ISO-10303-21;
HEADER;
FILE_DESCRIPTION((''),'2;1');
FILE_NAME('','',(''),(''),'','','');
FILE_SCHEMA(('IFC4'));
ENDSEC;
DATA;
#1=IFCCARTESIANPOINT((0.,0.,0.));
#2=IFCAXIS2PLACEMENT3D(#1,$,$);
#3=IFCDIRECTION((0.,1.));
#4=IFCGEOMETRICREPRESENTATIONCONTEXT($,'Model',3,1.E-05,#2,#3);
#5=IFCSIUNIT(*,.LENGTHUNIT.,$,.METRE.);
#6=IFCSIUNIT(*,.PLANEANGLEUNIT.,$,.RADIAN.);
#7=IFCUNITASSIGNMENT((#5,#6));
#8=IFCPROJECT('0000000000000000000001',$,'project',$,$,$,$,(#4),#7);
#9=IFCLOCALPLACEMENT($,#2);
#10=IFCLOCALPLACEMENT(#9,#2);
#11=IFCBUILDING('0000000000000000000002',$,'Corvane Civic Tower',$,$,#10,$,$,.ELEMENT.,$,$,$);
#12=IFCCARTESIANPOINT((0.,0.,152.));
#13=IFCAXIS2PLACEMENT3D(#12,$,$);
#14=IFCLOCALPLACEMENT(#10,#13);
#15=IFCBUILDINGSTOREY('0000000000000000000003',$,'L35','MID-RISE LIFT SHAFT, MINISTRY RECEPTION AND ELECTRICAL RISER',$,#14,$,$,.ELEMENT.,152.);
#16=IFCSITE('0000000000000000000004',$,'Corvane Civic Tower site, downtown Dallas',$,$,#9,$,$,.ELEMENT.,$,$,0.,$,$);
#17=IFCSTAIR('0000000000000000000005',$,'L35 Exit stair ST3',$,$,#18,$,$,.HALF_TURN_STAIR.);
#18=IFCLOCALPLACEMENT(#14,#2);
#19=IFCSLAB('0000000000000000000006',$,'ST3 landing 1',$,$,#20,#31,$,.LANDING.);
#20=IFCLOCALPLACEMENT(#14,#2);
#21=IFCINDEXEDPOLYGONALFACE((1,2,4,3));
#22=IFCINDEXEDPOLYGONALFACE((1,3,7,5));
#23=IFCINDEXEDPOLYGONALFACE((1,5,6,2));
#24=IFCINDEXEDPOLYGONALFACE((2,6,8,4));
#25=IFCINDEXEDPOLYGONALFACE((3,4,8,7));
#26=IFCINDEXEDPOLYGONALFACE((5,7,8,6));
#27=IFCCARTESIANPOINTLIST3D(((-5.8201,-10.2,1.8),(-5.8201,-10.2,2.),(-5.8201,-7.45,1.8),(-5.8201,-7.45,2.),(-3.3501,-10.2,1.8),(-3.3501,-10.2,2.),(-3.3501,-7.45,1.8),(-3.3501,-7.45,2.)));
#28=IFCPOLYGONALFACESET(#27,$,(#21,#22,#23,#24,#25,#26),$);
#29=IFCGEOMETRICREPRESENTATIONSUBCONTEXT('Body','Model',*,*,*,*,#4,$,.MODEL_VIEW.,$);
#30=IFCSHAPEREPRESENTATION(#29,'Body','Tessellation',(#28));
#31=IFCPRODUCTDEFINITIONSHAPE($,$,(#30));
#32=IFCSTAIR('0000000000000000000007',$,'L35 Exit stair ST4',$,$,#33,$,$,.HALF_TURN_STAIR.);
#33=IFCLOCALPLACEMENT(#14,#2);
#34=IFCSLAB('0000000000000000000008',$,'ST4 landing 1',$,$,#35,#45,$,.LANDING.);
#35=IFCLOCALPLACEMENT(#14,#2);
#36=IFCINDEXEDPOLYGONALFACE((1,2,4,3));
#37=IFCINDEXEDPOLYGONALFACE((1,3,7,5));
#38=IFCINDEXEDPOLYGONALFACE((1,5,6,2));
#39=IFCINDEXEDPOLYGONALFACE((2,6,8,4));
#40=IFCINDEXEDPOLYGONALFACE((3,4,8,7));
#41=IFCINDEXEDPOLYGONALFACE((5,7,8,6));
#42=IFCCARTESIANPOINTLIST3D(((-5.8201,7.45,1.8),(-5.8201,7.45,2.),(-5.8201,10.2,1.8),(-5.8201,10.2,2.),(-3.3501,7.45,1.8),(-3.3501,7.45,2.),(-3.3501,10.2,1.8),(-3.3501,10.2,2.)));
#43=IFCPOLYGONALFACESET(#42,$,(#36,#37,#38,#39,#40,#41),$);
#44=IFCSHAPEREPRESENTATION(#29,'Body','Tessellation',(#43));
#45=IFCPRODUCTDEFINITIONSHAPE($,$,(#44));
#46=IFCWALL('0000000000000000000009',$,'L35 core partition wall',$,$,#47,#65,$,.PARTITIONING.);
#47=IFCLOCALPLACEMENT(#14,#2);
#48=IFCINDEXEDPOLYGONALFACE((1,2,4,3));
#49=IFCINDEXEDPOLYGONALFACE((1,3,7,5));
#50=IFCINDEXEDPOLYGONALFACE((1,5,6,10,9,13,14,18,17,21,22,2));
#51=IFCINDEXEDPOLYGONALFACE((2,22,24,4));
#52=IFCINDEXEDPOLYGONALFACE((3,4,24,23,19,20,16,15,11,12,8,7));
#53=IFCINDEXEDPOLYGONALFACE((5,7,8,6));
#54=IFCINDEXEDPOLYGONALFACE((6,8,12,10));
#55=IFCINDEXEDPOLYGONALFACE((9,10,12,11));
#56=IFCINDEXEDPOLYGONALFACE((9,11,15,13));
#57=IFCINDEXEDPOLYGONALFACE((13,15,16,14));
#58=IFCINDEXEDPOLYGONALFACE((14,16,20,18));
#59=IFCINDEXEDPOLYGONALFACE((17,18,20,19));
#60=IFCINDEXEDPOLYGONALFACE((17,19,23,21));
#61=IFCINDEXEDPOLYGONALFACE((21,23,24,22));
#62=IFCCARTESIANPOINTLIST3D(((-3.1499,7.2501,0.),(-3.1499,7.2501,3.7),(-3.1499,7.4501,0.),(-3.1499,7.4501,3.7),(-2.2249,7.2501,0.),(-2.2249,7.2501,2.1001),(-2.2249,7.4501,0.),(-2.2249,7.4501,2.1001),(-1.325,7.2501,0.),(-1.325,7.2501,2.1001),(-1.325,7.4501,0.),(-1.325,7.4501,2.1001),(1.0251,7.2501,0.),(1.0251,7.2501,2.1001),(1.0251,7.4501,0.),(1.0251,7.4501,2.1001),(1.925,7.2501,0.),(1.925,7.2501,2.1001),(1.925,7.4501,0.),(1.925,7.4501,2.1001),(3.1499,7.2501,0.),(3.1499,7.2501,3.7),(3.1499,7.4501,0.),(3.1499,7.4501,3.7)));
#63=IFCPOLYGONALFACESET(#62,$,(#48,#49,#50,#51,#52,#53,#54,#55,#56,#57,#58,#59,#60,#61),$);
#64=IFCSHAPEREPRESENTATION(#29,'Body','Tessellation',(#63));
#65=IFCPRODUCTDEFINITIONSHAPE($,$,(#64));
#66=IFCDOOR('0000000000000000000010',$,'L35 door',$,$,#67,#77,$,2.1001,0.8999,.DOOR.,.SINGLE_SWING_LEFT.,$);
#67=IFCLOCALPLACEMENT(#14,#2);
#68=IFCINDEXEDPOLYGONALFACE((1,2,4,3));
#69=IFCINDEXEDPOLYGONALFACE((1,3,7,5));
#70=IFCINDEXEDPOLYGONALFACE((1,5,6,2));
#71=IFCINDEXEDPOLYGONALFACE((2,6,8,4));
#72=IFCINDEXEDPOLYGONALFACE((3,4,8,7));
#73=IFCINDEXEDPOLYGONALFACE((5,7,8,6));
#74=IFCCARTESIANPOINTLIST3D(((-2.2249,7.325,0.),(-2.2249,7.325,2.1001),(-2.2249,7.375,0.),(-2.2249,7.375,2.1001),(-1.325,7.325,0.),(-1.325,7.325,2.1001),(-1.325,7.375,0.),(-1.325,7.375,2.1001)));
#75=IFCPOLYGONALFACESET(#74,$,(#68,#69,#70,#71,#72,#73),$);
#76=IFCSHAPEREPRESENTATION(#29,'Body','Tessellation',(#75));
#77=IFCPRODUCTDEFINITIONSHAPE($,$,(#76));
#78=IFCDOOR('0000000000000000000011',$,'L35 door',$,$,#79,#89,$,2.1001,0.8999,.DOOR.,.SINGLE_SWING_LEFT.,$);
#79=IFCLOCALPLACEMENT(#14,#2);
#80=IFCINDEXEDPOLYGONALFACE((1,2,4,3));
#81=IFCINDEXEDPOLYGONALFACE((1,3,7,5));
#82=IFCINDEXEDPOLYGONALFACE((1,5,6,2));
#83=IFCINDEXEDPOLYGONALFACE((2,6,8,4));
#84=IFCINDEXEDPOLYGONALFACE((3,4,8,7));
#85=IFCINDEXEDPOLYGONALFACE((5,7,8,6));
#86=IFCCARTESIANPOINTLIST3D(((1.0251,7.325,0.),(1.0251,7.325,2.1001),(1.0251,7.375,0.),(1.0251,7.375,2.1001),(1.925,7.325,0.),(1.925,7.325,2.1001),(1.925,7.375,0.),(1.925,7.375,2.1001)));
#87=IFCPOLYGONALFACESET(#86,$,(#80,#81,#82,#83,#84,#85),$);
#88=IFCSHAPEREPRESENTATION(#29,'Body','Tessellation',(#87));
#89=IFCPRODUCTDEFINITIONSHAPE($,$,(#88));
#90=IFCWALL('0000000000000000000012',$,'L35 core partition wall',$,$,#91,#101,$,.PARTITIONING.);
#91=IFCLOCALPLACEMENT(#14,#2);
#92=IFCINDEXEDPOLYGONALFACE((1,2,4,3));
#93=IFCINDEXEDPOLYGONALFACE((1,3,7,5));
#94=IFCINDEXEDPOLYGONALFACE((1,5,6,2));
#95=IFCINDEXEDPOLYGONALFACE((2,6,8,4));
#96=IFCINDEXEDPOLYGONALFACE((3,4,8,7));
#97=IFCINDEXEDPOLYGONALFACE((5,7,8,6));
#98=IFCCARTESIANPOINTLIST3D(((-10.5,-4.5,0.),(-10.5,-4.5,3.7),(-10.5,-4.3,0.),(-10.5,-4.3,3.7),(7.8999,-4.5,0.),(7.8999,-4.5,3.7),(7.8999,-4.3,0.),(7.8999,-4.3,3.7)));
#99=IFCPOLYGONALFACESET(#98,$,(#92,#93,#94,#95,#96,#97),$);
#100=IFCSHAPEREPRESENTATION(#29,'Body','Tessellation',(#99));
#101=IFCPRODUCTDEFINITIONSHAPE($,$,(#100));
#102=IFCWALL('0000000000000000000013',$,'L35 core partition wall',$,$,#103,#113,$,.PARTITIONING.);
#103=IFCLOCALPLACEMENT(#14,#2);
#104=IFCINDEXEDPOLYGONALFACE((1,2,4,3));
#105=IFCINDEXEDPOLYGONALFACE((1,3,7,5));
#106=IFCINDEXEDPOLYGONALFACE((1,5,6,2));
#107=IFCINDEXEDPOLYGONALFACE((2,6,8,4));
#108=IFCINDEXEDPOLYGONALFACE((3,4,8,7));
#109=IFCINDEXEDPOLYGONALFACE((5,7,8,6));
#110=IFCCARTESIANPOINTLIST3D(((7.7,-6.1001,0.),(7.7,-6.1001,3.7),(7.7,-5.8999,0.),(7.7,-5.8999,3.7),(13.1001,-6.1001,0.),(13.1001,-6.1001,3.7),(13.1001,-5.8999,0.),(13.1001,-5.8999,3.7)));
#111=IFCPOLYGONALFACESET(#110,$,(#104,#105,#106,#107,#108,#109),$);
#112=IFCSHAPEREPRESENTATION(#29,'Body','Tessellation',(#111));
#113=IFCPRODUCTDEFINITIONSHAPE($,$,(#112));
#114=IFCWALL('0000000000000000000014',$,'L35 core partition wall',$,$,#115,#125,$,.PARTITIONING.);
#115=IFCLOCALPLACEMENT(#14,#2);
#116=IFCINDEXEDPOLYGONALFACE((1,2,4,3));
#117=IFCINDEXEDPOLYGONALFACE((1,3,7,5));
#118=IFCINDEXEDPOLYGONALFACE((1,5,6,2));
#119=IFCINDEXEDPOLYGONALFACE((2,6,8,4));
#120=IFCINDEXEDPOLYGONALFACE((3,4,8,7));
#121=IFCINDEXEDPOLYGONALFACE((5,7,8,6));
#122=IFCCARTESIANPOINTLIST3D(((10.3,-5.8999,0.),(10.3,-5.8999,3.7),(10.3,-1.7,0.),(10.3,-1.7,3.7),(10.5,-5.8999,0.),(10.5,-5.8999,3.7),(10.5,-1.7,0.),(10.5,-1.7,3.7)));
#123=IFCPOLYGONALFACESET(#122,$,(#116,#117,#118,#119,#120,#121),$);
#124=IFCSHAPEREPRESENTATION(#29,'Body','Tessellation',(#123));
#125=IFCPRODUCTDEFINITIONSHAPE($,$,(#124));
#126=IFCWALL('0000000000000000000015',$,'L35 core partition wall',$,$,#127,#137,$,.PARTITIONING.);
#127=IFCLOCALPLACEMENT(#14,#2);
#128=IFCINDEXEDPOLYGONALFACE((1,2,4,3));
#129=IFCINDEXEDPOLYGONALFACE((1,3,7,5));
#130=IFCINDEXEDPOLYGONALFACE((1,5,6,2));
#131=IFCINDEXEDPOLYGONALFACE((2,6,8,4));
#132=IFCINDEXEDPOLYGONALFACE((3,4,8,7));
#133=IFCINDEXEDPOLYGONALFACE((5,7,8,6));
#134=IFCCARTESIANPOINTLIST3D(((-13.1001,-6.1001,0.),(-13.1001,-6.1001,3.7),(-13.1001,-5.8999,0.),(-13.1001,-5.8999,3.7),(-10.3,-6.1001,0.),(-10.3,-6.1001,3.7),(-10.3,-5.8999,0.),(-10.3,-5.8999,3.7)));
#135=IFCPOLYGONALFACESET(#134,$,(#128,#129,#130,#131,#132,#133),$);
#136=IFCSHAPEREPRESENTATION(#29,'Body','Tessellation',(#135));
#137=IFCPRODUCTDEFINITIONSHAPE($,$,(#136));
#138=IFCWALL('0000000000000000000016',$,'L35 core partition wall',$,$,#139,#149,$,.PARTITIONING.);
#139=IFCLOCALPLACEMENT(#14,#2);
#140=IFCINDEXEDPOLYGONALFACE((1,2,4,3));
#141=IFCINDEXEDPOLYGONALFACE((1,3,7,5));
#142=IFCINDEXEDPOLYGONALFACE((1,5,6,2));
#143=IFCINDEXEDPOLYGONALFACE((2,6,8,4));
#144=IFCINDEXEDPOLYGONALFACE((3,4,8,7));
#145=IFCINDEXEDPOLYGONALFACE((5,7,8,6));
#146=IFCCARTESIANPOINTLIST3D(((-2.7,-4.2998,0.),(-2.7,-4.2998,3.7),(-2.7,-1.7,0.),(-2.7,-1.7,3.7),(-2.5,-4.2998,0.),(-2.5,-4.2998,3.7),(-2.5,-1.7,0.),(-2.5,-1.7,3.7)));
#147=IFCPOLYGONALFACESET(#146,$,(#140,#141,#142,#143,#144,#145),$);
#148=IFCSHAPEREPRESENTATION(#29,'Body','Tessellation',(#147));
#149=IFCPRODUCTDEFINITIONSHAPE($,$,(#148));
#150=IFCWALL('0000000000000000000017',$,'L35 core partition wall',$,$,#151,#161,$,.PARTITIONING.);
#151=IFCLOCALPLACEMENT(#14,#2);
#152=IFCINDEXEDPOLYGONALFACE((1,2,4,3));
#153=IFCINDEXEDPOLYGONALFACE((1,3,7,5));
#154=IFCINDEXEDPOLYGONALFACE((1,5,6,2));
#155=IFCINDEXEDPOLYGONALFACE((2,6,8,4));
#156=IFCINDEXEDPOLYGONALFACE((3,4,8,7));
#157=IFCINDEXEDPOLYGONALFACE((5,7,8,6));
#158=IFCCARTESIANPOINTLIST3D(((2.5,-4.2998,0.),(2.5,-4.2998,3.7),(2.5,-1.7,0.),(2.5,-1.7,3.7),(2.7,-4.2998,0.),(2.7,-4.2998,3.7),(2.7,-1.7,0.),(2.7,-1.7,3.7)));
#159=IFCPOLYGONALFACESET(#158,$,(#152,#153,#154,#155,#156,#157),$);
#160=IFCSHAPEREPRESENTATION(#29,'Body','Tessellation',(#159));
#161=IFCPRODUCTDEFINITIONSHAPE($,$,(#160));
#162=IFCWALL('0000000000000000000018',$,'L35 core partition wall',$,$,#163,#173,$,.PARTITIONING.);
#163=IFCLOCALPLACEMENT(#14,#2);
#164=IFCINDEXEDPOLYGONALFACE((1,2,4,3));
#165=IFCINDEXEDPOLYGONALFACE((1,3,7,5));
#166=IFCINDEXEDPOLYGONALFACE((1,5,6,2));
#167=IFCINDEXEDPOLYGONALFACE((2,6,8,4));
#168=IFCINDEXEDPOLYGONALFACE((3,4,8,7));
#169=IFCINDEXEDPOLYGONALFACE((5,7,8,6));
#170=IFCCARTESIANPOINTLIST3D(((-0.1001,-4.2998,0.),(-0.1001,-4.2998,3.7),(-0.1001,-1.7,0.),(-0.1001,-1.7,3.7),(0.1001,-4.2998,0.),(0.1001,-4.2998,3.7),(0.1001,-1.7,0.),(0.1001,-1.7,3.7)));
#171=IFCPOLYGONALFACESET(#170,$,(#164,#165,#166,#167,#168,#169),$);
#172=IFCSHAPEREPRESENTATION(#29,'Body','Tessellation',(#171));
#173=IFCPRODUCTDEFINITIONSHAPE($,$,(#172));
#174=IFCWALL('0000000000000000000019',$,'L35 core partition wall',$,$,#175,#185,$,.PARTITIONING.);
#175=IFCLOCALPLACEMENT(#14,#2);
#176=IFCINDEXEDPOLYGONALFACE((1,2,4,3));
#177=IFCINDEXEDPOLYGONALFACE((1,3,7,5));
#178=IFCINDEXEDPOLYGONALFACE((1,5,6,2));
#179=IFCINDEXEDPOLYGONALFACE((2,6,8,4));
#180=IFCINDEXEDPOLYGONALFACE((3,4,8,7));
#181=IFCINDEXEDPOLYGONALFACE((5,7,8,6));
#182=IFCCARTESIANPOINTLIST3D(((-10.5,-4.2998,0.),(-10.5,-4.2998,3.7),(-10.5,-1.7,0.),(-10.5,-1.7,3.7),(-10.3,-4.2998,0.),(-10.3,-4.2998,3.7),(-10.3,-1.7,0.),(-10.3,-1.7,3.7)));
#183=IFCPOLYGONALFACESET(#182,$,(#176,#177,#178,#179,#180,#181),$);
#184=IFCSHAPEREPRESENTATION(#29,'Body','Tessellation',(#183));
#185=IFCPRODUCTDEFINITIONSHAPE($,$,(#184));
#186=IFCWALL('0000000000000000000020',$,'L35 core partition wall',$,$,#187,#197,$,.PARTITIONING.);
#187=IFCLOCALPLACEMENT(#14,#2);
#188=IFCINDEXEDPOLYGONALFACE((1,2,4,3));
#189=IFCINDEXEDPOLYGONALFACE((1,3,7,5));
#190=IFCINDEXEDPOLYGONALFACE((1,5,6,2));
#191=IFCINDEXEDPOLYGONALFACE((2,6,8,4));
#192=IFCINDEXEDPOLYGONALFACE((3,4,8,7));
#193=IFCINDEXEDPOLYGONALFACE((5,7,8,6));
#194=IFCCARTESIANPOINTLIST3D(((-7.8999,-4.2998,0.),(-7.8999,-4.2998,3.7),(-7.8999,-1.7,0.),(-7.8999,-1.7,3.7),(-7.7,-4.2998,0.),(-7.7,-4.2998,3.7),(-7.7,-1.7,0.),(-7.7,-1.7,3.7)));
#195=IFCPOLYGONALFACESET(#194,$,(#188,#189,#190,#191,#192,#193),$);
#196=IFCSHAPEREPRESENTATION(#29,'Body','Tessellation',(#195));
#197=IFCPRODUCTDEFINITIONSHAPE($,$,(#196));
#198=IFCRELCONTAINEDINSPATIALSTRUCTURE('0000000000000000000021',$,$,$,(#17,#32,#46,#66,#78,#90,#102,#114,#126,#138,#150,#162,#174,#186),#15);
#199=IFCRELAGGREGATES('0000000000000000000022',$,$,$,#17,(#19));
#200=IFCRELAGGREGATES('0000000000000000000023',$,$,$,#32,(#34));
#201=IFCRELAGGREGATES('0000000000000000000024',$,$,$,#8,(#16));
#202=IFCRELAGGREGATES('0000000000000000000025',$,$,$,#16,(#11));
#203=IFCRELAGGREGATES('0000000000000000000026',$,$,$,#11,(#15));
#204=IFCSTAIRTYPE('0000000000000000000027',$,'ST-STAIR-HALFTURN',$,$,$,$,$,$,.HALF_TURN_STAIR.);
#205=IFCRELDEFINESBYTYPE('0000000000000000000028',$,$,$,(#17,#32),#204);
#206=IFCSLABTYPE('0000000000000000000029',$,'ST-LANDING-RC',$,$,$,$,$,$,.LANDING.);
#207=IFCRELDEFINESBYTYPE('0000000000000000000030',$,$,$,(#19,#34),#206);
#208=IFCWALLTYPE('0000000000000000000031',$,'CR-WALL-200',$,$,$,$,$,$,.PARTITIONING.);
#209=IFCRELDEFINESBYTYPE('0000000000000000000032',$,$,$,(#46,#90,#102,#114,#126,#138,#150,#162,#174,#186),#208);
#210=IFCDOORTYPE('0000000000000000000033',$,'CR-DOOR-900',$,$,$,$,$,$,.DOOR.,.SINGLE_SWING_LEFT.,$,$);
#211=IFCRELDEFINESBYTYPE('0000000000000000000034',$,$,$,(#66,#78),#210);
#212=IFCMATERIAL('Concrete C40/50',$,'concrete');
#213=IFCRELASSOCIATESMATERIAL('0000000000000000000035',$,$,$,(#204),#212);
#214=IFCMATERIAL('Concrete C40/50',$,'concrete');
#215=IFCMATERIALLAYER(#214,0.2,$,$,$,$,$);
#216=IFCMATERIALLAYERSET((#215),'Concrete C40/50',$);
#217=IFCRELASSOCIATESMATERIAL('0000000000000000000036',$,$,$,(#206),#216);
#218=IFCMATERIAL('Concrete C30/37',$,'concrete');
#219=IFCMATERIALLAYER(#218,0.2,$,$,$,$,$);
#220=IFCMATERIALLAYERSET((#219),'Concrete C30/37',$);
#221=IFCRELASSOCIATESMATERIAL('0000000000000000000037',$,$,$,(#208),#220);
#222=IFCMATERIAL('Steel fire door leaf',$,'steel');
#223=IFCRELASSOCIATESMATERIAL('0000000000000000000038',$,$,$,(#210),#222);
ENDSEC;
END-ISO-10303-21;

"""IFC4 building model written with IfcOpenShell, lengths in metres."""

from ifc_helpers import new_model, si_unit, direction, frame, frame_2d, origin, place, context, subcontext, project, spatial, polyline, rectangle, outline, extrude, material, layer, layer_set, type_object, element, fill, aggregate, save


model = new_model("IFC4")

# Units and contexts
model_context = context("Model", 3, precision=1e-05, world=origin(), true_north=direction((0.0, 1.0)))
body_context = subcontext(model_context, "Body", "Model", "MODEL_VIEW")
ifc_project = project(units=[si_unit("LENGTHUNIT", "METRE"), si_unit("PLANEANGLEUNIT", "RADIAN")], contexts=[model_context])

# Site, building, storey
site_placement = place(None, origin())
site = spatial("IfcSite", under=ifc_project, at=site_placement, Name="Corvane Civic Tower site, downtown Dallas", CompositionType="ELEMENT", RefElevation=0.0)
building_placement = place(site_placement, origin())
building = spatial("IfcBuilding", under=site, at=building_placement, Name="Corvane Civic Tower", CompositionType="ELEMENT")
storey_placement = place(building_placement, frame((0.0, 0.0, 152.0)))
storey = spatial("IfcBuildingStorey", under=building, at=storey_placement, Name="L35", Description="MID-RISE LIFT SHAFT, MINISTRY RECEPTION AND ELECTRICAL RISER", CompositionType="ELEMENT", Elevation=152.0)

# Stairs, slabs
ifc_material_1 = material(Name="Concrete C40/50", Category="concrete")
stair_type = type_object("IfcStairType", Name="ST-STAIR-HALFTURN", PredefinedType="HALF_TURN_STAIR", material=ifc_material_1)
stair_1_placement = place(storey_placement, origin())
stair_1 = element("IfcStair", 1, at=stair_1_placement, inside=storey, type_object=stair_type, Name="L35 Exit stair ST3", PredefinedType="HALF_TURN_STAIR")
ifc_material_2 = material(Name="Concrete C40/50", Category="concrete")
ifc_layer_1 = layer(ifc_material_2, 0.2)
ifc_layer_set_1 = layer_set([ifc_layer_1], Name="Concrete C40/50")
slab_type = type_object("IfcSlabType", Name="ST-LANDING-RC", PredefinedType="LANDING", material=ifc_layer_set_1)
slab_1_placement = place(storey_placement, frame((0.0, 0.0, 1.8)))
slab_1 = element("IfcSlab", 2, at=slab_1_placement, type_object=slab_type, Name="ST3 landing 1", PredefinedType="LANDING", context=body_context, shape_type="SweptSolid", body=[
    extrude(outline(polyline([(-5.8201, -10.2), (-3.3501, -10.2), (-3.3501, -7.45), (-5.8201, -7.45), (-5.8201, -10.2)])), origin(), (0.0, 0.0, 1.0), 0.2),
])
aggregate(stair_1, [slab_1])
stair_2_placement = place(storey_placement, origin())
stair_2 = element("IfcStair", 3, at=stair_2_placement, inside=storey, type_object=stair_type, Name="L35 Exit stair ST4", PredefinedType="HALF_TURN_STAIR")
slab_2_placement = place(storey_placement, frame((0.0, 0.0, 1.8)))
slab_2 = element("IfcSlab", 4, at=slab_2_placement, type_object=slab_type, Name="ST4 landing 1", PredefinedType="LANDING", context=body_context, shape_type="SweptSolid", body=[
    extrude(outline(polyline([(-5.8201, 7.45), (-3.3501, 7.45), (-3.3501, 10.2), (-5.8201, 10.2), (-5.8201, 7.45)])), origin(), (0.0, 0.0, 1.0), 0.2),
])

# Wall, openings, doors
ifc_material_3 = material(Name="Concrete C30/37", Category="concrete")
ifc_layer_2 = layer(ifc_material_3, 0.2)
ifc_layer_set_2 = layer_set([ifc_layer_2], Name="Concrete C30/37")
wall_type_1 = type_object("IfcWallType", Name="CR-WALL-200", PredefinedType="PARTITIONING", material=ifc_layer_set_2)
wall_1_placement = place(storey_placement, frame((-3.1499, 7.3501, 0.0), z_axis=(0.0, 0.0, 1.0), x_axis=(1.0, 0.0, 0.0)))
wall_1 = element("IfcWall", 5, at=wall_1_placement, inside=storey, type_object=wall_type_1, Name="L35 core partition wall", PredefinedType="PARTITIONING", context=body_context, shape_type="SweptSolid", body=[
    extrude(rectangle(XDim=6.2998, YDim=0.2, at=frame_2d((3.1499, 0.0))), origin(), (0.0, 0.0, 1.0), 3.7),
])
opening_1_placement = place(wall_1_placement, frame((0.925, 0.0, 0.0)))
opening_1 = element("IfcOpeningElement", 6, at=opening_1_placement, cuts=wall_1, PredefinedType="OPENING", context=body_context, shape_type="SweptSolid", body=[
    extrude(rectangle(XDim=0.8999, YDim=2.1001, at=frame_2d((0.45, 1.05))), frame((0.0, 0.1099, 0.0), z_axis=(0.0, -1.0, 0.0), x_axis=(1.0, 0.0, 0.0)), (0.0, 0.0, 1.0), 0.22),
])
opening_2_placement = place(wall_1_placement, frame((4.175, 0.0, 0.0)))
opening_2 = element("IfcOpeningElement", 7, at=opening_2_placement, cuts=wall_1, PredefinedType="OPENING", context=body_context, shape_type="SweptSolid", body=[
    extrude(rectangle(XDim=0.8999, YDim=2.1001, at=frame_2d((0.45, 1.05))), frame((0.0, 0.1099, 0.0), z_axis=(0.0, -1.0, 0.0), x_axis=(1.0, 0.0, 0.0)), (0.0, 0.0, 1.0), 0.22),
])
ifc_material_4 = material(Name="Steel fire door leaf", Category="steel")
door_type_1 = type_object("IfcDoorType", Name="CR-DOOR-900", OperationType="SINGLE_SWING_LEFT", PredefinedType="DOOR", material=ifc_material_4)
door_1_placement = place(opening_1_placement, origin())
door_1 = element("IfcDoor", 8, at=door_1_placement, inside=storey, type_object=door_type_1, Name="L35 door", OperationType="SINGLE_SWING_LEFT", OverallHeight=2.1001, OverallWidth=0.8999, PredefinedType="DOOR", context=body_context, shape_type="SweptSolid", body=[
    extrude(rectangle(XDim=0.8999, YDim=2.1001, at=frame_2d((0.45, 1.05))), frame((0.0, 0.0249, 0.0), z_axis=(0.0, -1.0, 0.0), x_axis=(1.0, 0.0, 0.0)), (0.0, 0.0, 1.0), 0.05),
])
fill(opening_1, door_1)
door_2_placement = place(opening_2_placement, origin())
door_2 = element("IfcDoor", 9, at=door_2_placement, inside=storey, type_object=door_type_1, Name="L35 door", OperationType="SINGLE_SWING_LEFT", OverallHeight=2.1001, OverallWidth=0.8999, PredefinedType="DOOR", context=body_context, shape_type="SweptSolid", body=[
    extrude(rectangle(XDim=0.8999, YDim=2.1001, at=frame_2d((0.45, 1.05))), frame((0.0, 0.0249, 0.0), z_axis=(0.0, -1.0, 0.0), x_axis=(1.0, 0.0, 0.0)), (0.0, 0.0, 1.0), 0.05),
])
fill(opening_2, door_2)

# Walls
wall_2_placement = place(storey_placement, origin())
element("IfcWall", 10, at=wall_2_placement, inside=storey, type_object=wall_type_1, Name="L35 core partition wall", PredefinedType="PARTITIONING", context=body_context, shape_type="SweptSolid", body=[
    extrude(outline(polyline([(7.8999, -4.3), (7.8999, -4.5), (-10.5, -4.5), (-10.5, -4.3), (7.8999, -4.3)])), origin(), (0.0, 0.0, 1.0), 3.7),
])
wall_3_placement = place(storey_placement, origin())
element("IfcWall", 11, at=wall_3_placement, inside=storey, type_object=wall_type_1, Name="L35 core partition wall", PredefinedType="PARTITIONING", context=body_context, shape_type="SweptSolid", body=[
    extrude(outline(polyline([(13.1001, -6.1001), (7.7, -6.1001), (7.7, -5.8999), (13.1001, -5.8999), (13.1001, -6.1001)])), origin(), (0.0, 0.0, 1.0), 3.7),
])
wall_4_placement = place(storey_placement, origin())
element("IfcWall", 12, at=wall_4_placement, inside=storey, type_object=wall_type_1, Name="L35 core partition wall", PredefinedType="PARTITIONING", context=body_context, shape_type="SweptSolid", body=[
    extrude(outline(polyline([(10.5, -1.7), (10.5, -5.8999), (10.3, -5.8999), (10.3, -1.7), (10.5, -1.7)])), origin(), (0.0, 0.0, 1.0), 3.7),
])
wall_5_placement = place(storey_placement, origin())
element("IfcWall", 13, at=wall_5_placement, inside=storey, type_object=wall_type_1, Name="L35 core partition wall", PredefinedType="PARTITIONING", context=body_context, shape_type="SweptSolid", body=[
    extrude(outline(polyline([(-10.3, -6.1001), (-13.1001, -6.1001), (-13.1001, -5.8999), (-10.3, -5.8999), (-10.3, -6.1001)])), origin(), (0.0, 0.0, 1.0), 3.7),
])
wall_6_placement = place(storey_placement, origin())
element("IfcWall", 14, at=wall_6_placement, inside=storey, type_object=wall_type_1, Name="L35 core partition wall", PredefinedType="PARTITIONING", context=body_context, shape_type="SweptSolid", body=[
    extrude(outline(polyline([(-2.5, -1.7), (-2.5, -4.2998), (-2.7, -4.2998), (-2.7, -1.7), (-2.5, -1.7)])), origin(), (0.0, 0.0, 1.0), 3.7),
])
wall_7_placement = place(storey_placement, origin())
element("IfcWall", 15, at=wall_7_placement, inside=storey, type_object=wall_type_1, Name="L35 core partition wall", PredefinedType="PARTITIONING", context=body_context, shape_type="SweptSolid", body=[
    extrude(outline(polyline([(2.7, -1.7), (2.7, -4.2998), (2.5, -4.2998), (2.5, -1.7), (2.7, -1.7)])), origin(), (0.0, 0.0, 1.0), 3.7),
])
wall_8_placement = place(storey_placement, origin())
element("IfcWall", 16, at=wall_8_placement, inside=storey, type_object=wall_type_1, Name="L35 core partition wall", PredefinedType="PARTITIONING", context=body_context, shape_type="SweptSolid", body=[
    extrude(outline(polyline([(0.1001, -1.7), (0.1001, -4.2998), (-0.1001, -4.2998), (-0.1001, -1.7), (0.1001, -1.7)])), origin(), (0.0, 0.0, 1.0), 3.7),
])
wall_9_placement = place(storey_placement, origin())
element("IfcWall", 17, at=wall_9_placement, inside=storey, type_object=wall_type_1, Name="L35 core partition wall", PredefinedType="PARTITIONING", context=body_context, shape_type="SweptSolid", body=[
    extrude(outline(polyline([(-10.3, -1.7), (-10.3, -4.2998), (-10.5, -4.2998), (-10.5, -1.7), (-10.3, -1.7)])), origin(), (0.0, 0.0, 1.0), 3.7),
])
wall_10_placement = place(storey_placement, origin())
element("IfcWall", 18, at=wall_10_placement, inside=storey, type_object=wall_type_1, Name="L35 core partition wall", PredefinedType="PARTITIONING", context=body_context, shape_type="SweptSolid", body=[
    extrude(outline(polyline([(-7.7, -1.7), (-7.7, -4.2998), (-7.8999, -4.2998), (-7.8999, -1.7), (-7.7, -1.7)])), origin(), (0.0, 0.0, 1.0), 3.7),
])

aggregate(stair_2, [slab_2])

save(model, "model.ifc")
